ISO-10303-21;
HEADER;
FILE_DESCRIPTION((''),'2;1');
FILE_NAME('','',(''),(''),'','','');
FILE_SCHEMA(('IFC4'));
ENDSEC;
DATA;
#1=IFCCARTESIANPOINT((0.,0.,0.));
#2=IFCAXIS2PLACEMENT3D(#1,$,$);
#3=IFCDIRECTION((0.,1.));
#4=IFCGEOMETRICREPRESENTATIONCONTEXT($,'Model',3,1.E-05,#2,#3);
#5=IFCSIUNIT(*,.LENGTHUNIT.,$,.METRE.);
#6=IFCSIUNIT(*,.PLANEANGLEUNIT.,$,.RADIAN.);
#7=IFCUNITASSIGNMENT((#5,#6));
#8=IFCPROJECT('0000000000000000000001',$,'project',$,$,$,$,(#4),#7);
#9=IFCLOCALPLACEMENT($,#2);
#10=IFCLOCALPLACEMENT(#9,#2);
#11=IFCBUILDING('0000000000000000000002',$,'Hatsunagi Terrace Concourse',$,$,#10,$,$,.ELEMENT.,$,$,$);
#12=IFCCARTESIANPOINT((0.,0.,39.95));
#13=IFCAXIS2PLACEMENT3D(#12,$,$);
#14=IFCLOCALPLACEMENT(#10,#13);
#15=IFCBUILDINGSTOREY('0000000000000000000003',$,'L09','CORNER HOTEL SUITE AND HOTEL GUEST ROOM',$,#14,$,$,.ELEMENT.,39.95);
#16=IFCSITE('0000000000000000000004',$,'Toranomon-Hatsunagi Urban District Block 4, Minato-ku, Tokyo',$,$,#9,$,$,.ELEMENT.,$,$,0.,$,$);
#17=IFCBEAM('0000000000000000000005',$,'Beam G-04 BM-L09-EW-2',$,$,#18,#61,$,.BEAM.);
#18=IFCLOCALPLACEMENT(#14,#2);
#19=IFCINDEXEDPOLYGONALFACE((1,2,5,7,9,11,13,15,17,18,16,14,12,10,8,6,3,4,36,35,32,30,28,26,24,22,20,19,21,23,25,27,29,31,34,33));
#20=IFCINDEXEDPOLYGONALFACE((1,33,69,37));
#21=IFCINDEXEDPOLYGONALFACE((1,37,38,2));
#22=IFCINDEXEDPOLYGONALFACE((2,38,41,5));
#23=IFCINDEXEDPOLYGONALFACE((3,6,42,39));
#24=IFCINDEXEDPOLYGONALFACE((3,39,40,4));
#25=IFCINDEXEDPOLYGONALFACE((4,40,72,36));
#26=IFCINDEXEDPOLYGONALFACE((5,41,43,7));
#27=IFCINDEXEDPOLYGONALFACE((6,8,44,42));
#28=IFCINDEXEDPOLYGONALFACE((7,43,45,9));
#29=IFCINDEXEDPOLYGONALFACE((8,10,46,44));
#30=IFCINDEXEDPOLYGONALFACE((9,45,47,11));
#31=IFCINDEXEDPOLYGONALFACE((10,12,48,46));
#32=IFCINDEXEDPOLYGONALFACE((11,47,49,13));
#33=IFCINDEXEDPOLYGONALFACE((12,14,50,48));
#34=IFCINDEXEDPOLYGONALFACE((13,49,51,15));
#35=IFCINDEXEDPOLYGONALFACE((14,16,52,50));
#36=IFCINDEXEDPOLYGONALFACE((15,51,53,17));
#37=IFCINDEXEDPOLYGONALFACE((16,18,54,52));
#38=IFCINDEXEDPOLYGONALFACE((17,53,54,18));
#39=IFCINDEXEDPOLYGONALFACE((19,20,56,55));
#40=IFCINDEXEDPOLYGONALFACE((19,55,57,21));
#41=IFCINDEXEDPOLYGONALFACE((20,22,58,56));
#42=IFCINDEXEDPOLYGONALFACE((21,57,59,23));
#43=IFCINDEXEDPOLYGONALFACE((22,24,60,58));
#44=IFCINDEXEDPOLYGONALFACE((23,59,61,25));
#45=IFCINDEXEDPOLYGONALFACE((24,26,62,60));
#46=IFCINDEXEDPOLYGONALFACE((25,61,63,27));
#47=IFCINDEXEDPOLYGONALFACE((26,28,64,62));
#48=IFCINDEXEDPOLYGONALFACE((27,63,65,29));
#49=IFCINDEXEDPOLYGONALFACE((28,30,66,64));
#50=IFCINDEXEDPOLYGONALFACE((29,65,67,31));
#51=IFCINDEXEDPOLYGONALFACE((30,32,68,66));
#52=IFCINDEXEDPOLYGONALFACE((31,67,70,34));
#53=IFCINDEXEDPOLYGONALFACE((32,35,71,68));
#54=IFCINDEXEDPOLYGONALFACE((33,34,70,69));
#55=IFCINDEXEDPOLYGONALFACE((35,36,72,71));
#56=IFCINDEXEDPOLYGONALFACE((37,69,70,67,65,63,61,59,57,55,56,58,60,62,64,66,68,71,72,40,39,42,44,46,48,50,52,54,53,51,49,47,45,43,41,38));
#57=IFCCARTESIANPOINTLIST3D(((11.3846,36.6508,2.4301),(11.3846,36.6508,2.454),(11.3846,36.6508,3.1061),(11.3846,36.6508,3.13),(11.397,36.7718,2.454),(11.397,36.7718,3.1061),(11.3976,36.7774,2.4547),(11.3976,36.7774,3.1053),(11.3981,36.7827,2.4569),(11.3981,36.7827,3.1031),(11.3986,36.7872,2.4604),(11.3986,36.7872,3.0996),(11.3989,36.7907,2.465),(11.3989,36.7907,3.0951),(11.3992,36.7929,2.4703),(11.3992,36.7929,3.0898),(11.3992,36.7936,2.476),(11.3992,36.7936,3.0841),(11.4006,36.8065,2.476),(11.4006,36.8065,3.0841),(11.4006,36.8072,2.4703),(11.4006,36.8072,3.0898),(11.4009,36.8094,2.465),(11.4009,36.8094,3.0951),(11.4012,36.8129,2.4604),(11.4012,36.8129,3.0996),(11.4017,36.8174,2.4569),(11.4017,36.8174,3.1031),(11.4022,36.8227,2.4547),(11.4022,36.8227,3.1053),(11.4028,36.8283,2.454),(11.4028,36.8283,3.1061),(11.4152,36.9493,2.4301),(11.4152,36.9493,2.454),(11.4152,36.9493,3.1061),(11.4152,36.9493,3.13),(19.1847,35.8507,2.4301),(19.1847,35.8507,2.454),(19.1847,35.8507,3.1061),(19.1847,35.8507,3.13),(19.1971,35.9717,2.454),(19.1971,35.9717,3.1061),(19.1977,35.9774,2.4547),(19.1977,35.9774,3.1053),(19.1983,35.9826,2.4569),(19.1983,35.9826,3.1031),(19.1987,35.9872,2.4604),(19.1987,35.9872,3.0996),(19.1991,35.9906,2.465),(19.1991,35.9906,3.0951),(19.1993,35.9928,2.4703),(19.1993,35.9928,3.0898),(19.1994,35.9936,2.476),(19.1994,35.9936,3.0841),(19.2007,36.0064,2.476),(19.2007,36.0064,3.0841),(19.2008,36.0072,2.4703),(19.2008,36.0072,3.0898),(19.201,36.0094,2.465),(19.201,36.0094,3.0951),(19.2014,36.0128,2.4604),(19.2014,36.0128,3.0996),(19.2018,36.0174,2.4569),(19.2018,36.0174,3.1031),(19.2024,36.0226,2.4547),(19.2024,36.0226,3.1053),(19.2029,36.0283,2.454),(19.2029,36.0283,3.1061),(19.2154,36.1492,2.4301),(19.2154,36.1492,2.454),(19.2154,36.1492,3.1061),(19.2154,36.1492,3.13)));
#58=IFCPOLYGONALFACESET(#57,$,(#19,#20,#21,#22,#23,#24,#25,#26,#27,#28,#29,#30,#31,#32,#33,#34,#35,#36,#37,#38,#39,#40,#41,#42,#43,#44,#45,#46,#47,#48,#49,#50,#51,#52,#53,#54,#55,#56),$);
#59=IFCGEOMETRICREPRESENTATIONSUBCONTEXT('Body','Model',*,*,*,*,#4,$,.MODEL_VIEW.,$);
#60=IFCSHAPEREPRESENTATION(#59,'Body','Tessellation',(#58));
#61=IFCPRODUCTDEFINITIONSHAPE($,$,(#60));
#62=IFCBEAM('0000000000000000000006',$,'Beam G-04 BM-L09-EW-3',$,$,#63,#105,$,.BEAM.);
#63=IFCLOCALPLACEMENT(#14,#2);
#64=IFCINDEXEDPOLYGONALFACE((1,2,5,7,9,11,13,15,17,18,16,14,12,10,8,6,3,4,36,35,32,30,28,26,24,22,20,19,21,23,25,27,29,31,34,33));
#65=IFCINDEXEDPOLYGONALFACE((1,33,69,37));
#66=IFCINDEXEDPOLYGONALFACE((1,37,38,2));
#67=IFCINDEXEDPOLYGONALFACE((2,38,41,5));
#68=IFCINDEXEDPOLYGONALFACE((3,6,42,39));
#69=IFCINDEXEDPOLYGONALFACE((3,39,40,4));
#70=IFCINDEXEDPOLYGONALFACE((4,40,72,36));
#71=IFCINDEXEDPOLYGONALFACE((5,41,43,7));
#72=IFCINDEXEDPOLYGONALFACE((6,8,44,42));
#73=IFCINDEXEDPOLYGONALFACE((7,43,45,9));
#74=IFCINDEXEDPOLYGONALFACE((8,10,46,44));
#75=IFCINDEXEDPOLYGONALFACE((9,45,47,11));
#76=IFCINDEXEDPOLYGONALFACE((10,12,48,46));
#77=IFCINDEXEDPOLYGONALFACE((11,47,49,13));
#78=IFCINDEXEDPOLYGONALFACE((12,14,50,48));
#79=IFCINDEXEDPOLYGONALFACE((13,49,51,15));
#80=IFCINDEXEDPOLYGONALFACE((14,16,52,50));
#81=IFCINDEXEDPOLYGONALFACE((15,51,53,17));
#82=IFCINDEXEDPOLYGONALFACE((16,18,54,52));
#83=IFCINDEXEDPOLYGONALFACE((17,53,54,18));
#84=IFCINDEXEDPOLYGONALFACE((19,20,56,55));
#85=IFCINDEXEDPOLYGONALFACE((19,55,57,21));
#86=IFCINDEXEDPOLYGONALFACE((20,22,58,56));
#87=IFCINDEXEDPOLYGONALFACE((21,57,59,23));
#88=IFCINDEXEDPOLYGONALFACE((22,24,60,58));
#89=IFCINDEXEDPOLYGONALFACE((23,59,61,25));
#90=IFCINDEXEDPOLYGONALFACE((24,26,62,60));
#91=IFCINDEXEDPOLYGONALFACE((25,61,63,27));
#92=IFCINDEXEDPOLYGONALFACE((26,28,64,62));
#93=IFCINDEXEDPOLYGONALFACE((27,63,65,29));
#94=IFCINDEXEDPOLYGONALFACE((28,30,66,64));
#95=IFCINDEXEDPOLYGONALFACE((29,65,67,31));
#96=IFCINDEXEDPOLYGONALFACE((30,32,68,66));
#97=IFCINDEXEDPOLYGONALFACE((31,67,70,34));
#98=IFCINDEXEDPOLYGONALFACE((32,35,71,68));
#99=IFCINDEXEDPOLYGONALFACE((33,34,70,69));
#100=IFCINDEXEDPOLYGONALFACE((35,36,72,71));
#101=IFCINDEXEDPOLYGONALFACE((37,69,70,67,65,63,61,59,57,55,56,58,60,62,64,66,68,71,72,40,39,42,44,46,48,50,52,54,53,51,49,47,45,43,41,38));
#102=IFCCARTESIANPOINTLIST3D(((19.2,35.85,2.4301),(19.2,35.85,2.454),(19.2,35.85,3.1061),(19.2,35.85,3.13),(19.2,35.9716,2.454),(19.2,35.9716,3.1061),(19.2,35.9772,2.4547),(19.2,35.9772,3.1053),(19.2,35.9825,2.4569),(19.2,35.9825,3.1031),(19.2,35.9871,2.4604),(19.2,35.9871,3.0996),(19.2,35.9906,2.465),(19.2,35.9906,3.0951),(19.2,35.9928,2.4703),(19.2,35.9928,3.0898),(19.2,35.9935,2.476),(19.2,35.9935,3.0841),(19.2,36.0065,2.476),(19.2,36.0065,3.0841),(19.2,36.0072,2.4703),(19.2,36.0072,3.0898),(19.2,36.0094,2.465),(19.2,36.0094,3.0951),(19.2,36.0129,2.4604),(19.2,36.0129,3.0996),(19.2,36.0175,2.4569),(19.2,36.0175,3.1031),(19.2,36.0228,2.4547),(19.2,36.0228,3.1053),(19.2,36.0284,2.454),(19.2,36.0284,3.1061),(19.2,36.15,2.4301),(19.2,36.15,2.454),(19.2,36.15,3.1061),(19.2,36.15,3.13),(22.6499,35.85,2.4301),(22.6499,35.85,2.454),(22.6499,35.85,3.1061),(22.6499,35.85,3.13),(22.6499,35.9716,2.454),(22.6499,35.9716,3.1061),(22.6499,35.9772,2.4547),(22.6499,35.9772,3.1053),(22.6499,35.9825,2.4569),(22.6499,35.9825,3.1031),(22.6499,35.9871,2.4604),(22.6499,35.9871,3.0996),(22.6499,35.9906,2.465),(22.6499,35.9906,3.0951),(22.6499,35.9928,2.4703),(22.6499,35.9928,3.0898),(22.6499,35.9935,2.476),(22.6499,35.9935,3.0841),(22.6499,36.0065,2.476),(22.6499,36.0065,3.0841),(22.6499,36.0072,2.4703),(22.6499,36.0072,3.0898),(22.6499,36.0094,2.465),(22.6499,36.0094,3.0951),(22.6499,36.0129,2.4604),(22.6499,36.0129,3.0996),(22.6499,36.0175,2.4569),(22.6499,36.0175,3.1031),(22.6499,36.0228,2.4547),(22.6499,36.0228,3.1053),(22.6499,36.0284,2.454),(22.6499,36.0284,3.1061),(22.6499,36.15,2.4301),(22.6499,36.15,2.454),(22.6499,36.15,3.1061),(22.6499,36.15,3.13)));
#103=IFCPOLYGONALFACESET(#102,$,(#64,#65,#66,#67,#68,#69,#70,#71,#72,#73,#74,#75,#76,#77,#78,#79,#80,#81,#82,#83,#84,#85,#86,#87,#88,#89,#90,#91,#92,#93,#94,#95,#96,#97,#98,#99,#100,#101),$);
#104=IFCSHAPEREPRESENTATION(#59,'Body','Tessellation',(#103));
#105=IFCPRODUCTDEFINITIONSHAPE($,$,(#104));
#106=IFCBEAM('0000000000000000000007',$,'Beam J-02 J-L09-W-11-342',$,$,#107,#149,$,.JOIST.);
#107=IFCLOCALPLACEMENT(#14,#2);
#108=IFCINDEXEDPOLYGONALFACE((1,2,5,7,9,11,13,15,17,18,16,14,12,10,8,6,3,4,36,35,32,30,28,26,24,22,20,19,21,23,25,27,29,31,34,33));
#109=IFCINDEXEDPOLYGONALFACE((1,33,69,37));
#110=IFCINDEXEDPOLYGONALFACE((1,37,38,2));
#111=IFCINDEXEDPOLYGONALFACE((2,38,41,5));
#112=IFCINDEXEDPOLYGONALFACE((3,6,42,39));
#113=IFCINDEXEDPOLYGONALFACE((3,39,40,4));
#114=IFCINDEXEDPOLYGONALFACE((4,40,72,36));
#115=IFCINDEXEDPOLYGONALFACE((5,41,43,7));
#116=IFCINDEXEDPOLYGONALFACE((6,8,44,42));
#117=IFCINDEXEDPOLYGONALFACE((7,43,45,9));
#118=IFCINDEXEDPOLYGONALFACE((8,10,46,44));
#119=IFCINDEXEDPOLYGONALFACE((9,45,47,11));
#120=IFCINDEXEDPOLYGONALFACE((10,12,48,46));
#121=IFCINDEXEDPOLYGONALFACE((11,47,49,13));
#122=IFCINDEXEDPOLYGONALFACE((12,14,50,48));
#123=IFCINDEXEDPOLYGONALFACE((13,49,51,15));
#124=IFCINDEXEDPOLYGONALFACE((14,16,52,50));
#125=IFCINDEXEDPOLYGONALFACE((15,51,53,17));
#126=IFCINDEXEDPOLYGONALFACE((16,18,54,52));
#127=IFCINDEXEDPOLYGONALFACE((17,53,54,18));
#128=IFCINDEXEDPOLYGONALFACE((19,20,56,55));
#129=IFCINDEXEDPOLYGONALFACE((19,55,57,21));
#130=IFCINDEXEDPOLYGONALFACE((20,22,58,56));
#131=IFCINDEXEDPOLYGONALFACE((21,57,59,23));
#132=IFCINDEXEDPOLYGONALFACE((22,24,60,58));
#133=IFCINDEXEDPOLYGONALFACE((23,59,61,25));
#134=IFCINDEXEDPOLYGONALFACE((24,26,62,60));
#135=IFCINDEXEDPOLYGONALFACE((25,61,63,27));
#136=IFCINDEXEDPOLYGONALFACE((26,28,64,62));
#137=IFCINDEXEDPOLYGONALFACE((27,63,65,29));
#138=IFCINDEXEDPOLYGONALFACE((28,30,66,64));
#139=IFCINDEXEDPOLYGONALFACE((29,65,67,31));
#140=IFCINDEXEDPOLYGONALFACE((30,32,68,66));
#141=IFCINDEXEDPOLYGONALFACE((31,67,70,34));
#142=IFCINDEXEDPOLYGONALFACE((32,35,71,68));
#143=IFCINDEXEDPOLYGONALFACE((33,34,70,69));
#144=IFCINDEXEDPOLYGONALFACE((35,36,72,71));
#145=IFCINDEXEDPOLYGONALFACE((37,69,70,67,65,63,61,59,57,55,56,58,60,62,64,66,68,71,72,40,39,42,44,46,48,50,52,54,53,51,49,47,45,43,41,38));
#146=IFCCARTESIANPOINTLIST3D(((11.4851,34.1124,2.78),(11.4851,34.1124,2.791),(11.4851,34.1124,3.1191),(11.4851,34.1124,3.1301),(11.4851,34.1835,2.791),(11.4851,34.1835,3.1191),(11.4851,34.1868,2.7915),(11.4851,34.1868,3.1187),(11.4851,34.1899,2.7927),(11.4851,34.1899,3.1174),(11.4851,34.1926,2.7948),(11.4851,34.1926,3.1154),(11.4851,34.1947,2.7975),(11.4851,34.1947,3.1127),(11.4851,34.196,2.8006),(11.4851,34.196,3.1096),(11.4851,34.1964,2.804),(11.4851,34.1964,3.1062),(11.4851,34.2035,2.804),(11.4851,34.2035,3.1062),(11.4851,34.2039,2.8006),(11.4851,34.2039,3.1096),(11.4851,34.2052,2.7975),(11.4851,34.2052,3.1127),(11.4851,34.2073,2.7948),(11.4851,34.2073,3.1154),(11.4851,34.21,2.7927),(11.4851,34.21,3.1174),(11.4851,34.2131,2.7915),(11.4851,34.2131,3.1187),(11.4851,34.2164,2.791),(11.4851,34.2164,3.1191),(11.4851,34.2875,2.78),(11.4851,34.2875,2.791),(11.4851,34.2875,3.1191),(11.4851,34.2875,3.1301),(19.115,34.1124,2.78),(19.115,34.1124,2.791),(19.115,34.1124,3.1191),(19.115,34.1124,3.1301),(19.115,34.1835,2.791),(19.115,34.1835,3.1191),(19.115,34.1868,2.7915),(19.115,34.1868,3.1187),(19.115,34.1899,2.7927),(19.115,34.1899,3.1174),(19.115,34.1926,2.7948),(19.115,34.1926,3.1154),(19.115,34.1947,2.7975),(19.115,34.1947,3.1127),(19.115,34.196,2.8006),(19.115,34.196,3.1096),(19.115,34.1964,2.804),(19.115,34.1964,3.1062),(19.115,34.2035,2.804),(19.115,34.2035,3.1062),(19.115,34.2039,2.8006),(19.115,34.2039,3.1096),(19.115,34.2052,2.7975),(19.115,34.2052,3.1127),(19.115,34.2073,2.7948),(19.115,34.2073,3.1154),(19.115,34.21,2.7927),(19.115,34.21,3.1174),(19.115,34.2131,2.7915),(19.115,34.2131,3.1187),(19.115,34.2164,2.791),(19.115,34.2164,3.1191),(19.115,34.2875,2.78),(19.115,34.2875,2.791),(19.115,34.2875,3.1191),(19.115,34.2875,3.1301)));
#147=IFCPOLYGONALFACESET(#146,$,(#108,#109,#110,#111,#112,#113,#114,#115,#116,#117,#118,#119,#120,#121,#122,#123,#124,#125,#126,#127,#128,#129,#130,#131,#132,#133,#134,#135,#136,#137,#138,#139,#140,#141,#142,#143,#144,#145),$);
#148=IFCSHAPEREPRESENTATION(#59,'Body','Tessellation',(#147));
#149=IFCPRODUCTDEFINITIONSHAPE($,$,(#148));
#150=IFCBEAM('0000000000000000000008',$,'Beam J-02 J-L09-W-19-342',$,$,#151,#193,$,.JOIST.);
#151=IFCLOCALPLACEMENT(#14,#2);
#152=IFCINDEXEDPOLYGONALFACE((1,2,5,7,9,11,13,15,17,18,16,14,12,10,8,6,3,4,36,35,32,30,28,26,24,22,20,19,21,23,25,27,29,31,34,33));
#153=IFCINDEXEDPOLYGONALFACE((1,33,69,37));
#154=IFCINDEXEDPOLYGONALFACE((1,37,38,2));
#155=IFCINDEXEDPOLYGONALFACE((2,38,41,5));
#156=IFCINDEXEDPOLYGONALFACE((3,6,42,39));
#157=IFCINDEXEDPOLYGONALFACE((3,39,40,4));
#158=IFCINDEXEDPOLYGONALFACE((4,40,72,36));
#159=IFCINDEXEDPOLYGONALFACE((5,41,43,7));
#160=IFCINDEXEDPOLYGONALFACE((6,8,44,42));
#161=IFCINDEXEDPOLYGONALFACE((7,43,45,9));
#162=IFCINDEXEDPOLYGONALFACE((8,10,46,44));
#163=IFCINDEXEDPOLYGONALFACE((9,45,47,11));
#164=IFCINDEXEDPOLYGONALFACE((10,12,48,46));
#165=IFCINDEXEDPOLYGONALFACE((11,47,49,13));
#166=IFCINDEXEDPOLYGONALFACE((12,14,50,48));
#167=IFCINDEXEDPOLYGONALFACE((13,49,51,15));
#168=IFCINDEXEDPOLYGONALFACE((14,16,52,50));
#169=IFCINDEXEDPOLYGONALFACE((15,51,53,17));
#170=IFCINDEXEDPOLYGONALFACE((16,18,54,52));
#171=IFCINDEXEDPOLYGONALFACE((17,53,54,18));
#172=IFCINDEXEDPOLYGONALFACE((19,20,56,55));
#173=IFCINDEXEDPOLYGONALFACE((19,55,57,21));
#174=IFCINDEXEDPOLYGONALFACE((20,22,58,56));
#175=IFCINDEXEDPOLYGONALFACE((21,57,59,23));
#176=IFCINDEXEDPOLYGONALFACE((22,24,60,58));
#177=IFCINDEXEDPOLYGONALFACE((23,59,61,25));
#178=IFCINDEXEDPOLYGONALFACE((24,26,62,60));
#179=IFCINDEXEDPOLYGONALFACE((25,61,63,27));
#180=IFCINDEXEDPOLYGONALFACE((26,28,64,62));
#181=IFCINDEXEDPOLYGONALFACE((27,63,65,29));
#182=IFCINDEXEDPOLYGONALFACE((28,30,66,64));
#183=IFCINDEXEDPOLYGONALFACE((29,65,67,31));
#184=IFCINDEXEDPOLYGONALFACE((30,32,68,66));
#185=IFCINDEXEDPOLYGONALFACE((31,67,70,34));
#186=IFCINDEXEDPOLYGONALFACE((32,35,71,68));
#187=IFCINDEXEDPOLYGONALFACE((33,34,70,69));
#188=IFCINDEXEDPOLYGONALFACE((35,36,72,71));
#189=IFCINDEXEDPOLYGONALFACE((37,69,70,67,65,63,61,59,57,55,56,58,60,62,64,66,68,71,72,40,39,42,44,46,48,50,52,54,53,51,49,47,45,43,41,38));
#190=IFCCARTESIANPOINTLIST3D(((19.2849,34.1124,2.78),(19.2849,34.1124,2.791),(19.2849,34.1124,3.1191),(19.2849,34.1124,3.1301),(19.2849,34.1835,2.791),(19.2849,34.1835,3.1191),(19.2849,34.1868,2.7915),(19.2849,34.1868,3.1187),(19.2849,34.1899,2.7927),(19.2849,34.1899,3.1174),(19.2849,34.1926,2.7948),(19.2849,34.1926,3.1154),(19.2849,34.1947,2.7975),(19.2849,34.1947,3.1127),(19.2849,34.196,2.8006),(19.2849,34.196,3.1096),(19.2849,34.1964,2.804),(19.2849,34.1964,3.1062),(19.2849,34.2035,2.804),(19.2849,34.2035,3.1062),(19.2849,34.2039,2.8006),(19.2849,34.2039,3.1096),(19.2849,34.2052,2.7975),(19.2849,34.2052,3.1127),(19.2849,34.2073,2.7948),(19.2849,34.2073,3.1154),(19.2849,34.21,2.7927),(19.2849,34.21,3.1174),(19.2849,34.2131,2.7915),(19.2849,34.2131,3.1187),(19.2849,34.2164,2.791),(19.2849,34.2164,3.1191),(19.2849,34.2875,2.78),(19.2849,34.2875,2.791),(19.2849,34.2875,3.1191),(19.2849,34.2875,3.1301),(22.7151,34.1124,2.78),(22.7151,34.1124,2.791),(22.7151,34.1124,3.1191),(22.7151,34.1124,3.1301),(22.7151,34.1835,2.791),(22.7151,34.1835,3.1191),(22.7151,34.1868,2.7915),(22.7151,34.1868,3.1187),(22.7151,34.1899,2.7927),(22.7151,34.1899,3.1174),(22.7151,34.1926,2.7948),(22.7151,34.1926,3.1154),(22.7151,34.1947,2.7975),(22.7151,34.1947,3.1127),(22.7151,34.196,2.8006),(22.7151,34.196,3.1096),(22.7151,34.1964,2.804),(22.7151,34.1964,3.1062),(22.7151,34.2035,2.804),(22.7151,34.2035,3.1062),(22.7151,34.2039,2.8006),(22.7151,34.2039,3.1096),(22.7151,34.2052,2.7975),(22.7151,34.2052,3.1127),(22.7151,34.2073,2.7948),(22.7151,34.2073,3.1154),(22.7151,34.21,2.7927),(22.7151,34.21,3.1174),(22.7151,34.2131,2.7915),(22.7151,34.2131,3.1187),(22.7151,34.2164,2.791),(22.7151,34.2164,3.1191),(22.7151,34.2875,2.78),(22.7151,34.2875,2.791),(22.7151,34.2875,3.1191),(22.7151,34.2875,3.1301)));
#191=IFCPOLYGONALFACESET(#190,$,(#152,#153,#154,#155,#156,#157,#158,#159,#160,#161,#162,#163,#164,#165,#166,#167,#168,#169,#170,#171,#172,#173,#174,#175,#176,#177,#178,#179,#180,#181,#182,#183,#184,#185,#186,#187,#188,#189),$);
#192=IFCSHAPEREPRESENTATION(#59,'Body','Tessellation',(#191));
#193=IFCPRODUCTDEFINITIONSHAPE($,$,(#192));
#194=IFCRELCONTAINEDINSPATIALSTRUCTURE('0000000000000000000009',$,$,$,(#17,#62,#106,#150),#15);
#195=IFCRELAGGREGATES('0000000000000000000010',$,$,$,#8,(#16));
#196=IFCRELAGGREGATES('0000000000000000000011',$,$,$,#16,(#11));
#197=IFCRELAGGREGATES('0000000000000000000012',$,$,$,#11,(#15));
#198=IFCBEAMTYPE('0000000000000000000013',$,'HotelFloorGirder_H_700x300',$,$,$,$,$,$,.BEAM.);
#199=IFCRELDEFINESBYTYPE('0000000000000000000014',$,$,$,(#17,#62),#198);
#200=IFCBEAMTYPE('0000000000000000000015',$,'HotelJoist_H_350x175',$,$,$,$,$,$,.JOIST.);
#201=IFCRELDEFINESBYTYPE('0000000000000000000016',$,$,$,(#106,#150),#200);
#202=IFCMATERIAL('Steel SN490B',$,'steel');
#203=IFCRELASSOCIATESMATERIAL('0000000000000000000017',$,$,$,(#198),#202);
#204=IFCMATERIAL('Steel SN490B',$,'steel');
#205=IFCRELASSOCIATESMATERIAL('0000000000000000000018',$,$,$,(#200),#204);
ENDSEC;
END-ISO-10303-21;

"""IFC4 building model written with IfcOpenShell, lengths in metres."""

from ifc_helpers import new_model, si_unit, direction, frame, origin, origin_2d, place, context, subcontext, project, spatial, i_section, extrude, material, material_profile, profile_set, type_object, element, save


model = new_model("IFC4")

# Units and contexts
model_context = context("Model", 3, precision=1e-05, world=origin(), true_north=direction((0.0, 1.0)))
body_context = subcontext(model_context, "Body", "Model", "MODEL_VIEW")
ifc_project = project(units=[si_unit("LENGTHUNIT", "METRE"), si_unit("PLANEANGLEUNIT", "RADIAN")], contexts=[model_context])

# Site, building, storey
site_placement = place(None, origin())
site = spatial("IfcSite", under=ifc_project, at=site_placement, Name="Toranomon-Hatsunagi Urban District Block 4, Minato-ku, Tokyo", CompositionType="ELEMENT", RefElevation=0.0)
building_placement = place(site_placement, origin())
building = spatial("IfcBuilding", under=site, at=building_placement, Name="Hatsunagi Terrace Concourse", CompositionType="ELEMENT")
storey_placement = place(building_placement, frame((0.0, 0.0, 39.95)))
storey = spatial("IfcBuildingStorey", under=building, at=storey_placement, Name="L09", Description="CORNER HOTEL SUITE AND HOTEL GUEST ROOM", CompositionType="ELEMENT", Elevation=39.95)

# Beams
ifc_material_1 = material(Name="Steel SN490B", Category="steel")
ifc_material_profile_1 = material_profile(ifc_material_1, i_section(OverallWidth=0.3, OverallDepth=0.7, WebThickness=0.0129, FlangeThickness=0.0239, FilletRadius=0.022, at=origin_2d()), Name="H-700x300x13x24")
ifc_profile_set_1 = profile_set([ifc_material_profile_1], Name="Steel SN490B")
beam_type_1 = type_object("IfcBeamType", Name="HotelFloorGirder_H_700x300", PredefinedType="BEAM", material=ifc_profile_set_1)
beam_1_placement = place(storey_placement, frame((11.3999, 36.8, 2.78), z_axis=(0.994781, -0.102034, 0.0), x_axis=(0.102034, 0.994781, 0.0)))
element("IfcBeam", 1, at=beam_1_placement, inside=storey, type_object=beam_type_1, Name="Beam G-04 BM-L09-EW-2", PredefinedType="BEAM", context=body_context, shape_type="SweptSolid", body=[
    extrude(i_section(OverallWidth=0.3, OverallDepth=0.7, WebThickness=0.0129, FlangeThickness=0.0239, FilletRadius=0.022, at=origin_2d()), origin(), (0.0, 0.0, 1.0), 7.8411),
])
beam_2_placement = place(storey_placement, frame((19.2, 36.0, 2.78), z_axis=(1.0, 0.0, 0.0), x_axis=(0.0, 1.0, 0.0)))
element("IfcBeam", 2, at=beam_2_placement, inside=storey, type_object=beam_type_1, Name="Beam G-04 BM-L09-EW-3", PredefinedType="BEAM", context=body_context, shape_type="SweptSolid", body=[
    extrude(i_section(OverallWidth=0.3, OverallDepth=0.7, WebThickness=0.0129, FlangeThickness=0.0239, FilletRadius=0.022, at=origin_2d()), origin(), (0.0, 0.0, 1.0), 3.45),
])
ifc_material_2 = material(Name="Steel SN490B", Category="steel")
ifc_material_profile_2 = material_profile(ifc_material_2, i_section(OverallWidth=0.175, OverallDepth=0.3501, WebThickness=0.0071, FlangeThickness=0.011, FilletRadius=0.0129, at=origin_2d()), Name="H-350x175x7x11")
ifc_profile_set_2 = profile_set([ifc_material_profile_2], Name="Steel SN490B")
beam_type_2 = type_object("IfcBeamType", Name="HotelJoist_H_350x175", PredefinedType="JOIST", material=ifc_profile_set_2)
beam_3_placement = place(storey_placement, frame((11.4851, 34.2, 2.9551), z_axis=(1.0, 0.0, 0.0), x_axis=(0.0, 1.0, 0.0)))
element("IfcBeam", 3, at=beam_3_placement, inside=storey, type_object=beam_type_2, Name="Beam J-02 J-L09-W-11-342", PredefinedType="JOIST", context=body_context, shape_type="SweptSolid", body=[
    extrude(i_section(OverallWidth=0.175, OverallDepth=0.3501, WebThickness=0.0071, FlangeThickness=0.011, FilletRadius=0.0129, at=origin_2d()), origin(), (0.0, 0.0, 1.0), 7.6299),
])
beam_4_placement = place(storey_placement, frame((19.2849, 34.2, 2.9551), z_axis=(1.0, 0.0, 0.0), x_axis=(0.0, 1.0, 0.0)))
element("IfcBeam", 4, at=beam_4_placement, inside=storey, type_object=beam_type_2, Name="Beam J-02 J-L09-W-19-342", PredefinedType="JOIST", context=body_context, shape_type="SweptSolid", body=[
    extrude(i_section(OverallWidth=0.175, OverallDepth=0.3501, WebThickness=0.0071, FlangeThickness=0.011, FilletRadius=0.0129, at=origin_2d()), origin(), (0.0, 0.0, 1.0), 3.4302),
])

save(model, "model.ifc")
